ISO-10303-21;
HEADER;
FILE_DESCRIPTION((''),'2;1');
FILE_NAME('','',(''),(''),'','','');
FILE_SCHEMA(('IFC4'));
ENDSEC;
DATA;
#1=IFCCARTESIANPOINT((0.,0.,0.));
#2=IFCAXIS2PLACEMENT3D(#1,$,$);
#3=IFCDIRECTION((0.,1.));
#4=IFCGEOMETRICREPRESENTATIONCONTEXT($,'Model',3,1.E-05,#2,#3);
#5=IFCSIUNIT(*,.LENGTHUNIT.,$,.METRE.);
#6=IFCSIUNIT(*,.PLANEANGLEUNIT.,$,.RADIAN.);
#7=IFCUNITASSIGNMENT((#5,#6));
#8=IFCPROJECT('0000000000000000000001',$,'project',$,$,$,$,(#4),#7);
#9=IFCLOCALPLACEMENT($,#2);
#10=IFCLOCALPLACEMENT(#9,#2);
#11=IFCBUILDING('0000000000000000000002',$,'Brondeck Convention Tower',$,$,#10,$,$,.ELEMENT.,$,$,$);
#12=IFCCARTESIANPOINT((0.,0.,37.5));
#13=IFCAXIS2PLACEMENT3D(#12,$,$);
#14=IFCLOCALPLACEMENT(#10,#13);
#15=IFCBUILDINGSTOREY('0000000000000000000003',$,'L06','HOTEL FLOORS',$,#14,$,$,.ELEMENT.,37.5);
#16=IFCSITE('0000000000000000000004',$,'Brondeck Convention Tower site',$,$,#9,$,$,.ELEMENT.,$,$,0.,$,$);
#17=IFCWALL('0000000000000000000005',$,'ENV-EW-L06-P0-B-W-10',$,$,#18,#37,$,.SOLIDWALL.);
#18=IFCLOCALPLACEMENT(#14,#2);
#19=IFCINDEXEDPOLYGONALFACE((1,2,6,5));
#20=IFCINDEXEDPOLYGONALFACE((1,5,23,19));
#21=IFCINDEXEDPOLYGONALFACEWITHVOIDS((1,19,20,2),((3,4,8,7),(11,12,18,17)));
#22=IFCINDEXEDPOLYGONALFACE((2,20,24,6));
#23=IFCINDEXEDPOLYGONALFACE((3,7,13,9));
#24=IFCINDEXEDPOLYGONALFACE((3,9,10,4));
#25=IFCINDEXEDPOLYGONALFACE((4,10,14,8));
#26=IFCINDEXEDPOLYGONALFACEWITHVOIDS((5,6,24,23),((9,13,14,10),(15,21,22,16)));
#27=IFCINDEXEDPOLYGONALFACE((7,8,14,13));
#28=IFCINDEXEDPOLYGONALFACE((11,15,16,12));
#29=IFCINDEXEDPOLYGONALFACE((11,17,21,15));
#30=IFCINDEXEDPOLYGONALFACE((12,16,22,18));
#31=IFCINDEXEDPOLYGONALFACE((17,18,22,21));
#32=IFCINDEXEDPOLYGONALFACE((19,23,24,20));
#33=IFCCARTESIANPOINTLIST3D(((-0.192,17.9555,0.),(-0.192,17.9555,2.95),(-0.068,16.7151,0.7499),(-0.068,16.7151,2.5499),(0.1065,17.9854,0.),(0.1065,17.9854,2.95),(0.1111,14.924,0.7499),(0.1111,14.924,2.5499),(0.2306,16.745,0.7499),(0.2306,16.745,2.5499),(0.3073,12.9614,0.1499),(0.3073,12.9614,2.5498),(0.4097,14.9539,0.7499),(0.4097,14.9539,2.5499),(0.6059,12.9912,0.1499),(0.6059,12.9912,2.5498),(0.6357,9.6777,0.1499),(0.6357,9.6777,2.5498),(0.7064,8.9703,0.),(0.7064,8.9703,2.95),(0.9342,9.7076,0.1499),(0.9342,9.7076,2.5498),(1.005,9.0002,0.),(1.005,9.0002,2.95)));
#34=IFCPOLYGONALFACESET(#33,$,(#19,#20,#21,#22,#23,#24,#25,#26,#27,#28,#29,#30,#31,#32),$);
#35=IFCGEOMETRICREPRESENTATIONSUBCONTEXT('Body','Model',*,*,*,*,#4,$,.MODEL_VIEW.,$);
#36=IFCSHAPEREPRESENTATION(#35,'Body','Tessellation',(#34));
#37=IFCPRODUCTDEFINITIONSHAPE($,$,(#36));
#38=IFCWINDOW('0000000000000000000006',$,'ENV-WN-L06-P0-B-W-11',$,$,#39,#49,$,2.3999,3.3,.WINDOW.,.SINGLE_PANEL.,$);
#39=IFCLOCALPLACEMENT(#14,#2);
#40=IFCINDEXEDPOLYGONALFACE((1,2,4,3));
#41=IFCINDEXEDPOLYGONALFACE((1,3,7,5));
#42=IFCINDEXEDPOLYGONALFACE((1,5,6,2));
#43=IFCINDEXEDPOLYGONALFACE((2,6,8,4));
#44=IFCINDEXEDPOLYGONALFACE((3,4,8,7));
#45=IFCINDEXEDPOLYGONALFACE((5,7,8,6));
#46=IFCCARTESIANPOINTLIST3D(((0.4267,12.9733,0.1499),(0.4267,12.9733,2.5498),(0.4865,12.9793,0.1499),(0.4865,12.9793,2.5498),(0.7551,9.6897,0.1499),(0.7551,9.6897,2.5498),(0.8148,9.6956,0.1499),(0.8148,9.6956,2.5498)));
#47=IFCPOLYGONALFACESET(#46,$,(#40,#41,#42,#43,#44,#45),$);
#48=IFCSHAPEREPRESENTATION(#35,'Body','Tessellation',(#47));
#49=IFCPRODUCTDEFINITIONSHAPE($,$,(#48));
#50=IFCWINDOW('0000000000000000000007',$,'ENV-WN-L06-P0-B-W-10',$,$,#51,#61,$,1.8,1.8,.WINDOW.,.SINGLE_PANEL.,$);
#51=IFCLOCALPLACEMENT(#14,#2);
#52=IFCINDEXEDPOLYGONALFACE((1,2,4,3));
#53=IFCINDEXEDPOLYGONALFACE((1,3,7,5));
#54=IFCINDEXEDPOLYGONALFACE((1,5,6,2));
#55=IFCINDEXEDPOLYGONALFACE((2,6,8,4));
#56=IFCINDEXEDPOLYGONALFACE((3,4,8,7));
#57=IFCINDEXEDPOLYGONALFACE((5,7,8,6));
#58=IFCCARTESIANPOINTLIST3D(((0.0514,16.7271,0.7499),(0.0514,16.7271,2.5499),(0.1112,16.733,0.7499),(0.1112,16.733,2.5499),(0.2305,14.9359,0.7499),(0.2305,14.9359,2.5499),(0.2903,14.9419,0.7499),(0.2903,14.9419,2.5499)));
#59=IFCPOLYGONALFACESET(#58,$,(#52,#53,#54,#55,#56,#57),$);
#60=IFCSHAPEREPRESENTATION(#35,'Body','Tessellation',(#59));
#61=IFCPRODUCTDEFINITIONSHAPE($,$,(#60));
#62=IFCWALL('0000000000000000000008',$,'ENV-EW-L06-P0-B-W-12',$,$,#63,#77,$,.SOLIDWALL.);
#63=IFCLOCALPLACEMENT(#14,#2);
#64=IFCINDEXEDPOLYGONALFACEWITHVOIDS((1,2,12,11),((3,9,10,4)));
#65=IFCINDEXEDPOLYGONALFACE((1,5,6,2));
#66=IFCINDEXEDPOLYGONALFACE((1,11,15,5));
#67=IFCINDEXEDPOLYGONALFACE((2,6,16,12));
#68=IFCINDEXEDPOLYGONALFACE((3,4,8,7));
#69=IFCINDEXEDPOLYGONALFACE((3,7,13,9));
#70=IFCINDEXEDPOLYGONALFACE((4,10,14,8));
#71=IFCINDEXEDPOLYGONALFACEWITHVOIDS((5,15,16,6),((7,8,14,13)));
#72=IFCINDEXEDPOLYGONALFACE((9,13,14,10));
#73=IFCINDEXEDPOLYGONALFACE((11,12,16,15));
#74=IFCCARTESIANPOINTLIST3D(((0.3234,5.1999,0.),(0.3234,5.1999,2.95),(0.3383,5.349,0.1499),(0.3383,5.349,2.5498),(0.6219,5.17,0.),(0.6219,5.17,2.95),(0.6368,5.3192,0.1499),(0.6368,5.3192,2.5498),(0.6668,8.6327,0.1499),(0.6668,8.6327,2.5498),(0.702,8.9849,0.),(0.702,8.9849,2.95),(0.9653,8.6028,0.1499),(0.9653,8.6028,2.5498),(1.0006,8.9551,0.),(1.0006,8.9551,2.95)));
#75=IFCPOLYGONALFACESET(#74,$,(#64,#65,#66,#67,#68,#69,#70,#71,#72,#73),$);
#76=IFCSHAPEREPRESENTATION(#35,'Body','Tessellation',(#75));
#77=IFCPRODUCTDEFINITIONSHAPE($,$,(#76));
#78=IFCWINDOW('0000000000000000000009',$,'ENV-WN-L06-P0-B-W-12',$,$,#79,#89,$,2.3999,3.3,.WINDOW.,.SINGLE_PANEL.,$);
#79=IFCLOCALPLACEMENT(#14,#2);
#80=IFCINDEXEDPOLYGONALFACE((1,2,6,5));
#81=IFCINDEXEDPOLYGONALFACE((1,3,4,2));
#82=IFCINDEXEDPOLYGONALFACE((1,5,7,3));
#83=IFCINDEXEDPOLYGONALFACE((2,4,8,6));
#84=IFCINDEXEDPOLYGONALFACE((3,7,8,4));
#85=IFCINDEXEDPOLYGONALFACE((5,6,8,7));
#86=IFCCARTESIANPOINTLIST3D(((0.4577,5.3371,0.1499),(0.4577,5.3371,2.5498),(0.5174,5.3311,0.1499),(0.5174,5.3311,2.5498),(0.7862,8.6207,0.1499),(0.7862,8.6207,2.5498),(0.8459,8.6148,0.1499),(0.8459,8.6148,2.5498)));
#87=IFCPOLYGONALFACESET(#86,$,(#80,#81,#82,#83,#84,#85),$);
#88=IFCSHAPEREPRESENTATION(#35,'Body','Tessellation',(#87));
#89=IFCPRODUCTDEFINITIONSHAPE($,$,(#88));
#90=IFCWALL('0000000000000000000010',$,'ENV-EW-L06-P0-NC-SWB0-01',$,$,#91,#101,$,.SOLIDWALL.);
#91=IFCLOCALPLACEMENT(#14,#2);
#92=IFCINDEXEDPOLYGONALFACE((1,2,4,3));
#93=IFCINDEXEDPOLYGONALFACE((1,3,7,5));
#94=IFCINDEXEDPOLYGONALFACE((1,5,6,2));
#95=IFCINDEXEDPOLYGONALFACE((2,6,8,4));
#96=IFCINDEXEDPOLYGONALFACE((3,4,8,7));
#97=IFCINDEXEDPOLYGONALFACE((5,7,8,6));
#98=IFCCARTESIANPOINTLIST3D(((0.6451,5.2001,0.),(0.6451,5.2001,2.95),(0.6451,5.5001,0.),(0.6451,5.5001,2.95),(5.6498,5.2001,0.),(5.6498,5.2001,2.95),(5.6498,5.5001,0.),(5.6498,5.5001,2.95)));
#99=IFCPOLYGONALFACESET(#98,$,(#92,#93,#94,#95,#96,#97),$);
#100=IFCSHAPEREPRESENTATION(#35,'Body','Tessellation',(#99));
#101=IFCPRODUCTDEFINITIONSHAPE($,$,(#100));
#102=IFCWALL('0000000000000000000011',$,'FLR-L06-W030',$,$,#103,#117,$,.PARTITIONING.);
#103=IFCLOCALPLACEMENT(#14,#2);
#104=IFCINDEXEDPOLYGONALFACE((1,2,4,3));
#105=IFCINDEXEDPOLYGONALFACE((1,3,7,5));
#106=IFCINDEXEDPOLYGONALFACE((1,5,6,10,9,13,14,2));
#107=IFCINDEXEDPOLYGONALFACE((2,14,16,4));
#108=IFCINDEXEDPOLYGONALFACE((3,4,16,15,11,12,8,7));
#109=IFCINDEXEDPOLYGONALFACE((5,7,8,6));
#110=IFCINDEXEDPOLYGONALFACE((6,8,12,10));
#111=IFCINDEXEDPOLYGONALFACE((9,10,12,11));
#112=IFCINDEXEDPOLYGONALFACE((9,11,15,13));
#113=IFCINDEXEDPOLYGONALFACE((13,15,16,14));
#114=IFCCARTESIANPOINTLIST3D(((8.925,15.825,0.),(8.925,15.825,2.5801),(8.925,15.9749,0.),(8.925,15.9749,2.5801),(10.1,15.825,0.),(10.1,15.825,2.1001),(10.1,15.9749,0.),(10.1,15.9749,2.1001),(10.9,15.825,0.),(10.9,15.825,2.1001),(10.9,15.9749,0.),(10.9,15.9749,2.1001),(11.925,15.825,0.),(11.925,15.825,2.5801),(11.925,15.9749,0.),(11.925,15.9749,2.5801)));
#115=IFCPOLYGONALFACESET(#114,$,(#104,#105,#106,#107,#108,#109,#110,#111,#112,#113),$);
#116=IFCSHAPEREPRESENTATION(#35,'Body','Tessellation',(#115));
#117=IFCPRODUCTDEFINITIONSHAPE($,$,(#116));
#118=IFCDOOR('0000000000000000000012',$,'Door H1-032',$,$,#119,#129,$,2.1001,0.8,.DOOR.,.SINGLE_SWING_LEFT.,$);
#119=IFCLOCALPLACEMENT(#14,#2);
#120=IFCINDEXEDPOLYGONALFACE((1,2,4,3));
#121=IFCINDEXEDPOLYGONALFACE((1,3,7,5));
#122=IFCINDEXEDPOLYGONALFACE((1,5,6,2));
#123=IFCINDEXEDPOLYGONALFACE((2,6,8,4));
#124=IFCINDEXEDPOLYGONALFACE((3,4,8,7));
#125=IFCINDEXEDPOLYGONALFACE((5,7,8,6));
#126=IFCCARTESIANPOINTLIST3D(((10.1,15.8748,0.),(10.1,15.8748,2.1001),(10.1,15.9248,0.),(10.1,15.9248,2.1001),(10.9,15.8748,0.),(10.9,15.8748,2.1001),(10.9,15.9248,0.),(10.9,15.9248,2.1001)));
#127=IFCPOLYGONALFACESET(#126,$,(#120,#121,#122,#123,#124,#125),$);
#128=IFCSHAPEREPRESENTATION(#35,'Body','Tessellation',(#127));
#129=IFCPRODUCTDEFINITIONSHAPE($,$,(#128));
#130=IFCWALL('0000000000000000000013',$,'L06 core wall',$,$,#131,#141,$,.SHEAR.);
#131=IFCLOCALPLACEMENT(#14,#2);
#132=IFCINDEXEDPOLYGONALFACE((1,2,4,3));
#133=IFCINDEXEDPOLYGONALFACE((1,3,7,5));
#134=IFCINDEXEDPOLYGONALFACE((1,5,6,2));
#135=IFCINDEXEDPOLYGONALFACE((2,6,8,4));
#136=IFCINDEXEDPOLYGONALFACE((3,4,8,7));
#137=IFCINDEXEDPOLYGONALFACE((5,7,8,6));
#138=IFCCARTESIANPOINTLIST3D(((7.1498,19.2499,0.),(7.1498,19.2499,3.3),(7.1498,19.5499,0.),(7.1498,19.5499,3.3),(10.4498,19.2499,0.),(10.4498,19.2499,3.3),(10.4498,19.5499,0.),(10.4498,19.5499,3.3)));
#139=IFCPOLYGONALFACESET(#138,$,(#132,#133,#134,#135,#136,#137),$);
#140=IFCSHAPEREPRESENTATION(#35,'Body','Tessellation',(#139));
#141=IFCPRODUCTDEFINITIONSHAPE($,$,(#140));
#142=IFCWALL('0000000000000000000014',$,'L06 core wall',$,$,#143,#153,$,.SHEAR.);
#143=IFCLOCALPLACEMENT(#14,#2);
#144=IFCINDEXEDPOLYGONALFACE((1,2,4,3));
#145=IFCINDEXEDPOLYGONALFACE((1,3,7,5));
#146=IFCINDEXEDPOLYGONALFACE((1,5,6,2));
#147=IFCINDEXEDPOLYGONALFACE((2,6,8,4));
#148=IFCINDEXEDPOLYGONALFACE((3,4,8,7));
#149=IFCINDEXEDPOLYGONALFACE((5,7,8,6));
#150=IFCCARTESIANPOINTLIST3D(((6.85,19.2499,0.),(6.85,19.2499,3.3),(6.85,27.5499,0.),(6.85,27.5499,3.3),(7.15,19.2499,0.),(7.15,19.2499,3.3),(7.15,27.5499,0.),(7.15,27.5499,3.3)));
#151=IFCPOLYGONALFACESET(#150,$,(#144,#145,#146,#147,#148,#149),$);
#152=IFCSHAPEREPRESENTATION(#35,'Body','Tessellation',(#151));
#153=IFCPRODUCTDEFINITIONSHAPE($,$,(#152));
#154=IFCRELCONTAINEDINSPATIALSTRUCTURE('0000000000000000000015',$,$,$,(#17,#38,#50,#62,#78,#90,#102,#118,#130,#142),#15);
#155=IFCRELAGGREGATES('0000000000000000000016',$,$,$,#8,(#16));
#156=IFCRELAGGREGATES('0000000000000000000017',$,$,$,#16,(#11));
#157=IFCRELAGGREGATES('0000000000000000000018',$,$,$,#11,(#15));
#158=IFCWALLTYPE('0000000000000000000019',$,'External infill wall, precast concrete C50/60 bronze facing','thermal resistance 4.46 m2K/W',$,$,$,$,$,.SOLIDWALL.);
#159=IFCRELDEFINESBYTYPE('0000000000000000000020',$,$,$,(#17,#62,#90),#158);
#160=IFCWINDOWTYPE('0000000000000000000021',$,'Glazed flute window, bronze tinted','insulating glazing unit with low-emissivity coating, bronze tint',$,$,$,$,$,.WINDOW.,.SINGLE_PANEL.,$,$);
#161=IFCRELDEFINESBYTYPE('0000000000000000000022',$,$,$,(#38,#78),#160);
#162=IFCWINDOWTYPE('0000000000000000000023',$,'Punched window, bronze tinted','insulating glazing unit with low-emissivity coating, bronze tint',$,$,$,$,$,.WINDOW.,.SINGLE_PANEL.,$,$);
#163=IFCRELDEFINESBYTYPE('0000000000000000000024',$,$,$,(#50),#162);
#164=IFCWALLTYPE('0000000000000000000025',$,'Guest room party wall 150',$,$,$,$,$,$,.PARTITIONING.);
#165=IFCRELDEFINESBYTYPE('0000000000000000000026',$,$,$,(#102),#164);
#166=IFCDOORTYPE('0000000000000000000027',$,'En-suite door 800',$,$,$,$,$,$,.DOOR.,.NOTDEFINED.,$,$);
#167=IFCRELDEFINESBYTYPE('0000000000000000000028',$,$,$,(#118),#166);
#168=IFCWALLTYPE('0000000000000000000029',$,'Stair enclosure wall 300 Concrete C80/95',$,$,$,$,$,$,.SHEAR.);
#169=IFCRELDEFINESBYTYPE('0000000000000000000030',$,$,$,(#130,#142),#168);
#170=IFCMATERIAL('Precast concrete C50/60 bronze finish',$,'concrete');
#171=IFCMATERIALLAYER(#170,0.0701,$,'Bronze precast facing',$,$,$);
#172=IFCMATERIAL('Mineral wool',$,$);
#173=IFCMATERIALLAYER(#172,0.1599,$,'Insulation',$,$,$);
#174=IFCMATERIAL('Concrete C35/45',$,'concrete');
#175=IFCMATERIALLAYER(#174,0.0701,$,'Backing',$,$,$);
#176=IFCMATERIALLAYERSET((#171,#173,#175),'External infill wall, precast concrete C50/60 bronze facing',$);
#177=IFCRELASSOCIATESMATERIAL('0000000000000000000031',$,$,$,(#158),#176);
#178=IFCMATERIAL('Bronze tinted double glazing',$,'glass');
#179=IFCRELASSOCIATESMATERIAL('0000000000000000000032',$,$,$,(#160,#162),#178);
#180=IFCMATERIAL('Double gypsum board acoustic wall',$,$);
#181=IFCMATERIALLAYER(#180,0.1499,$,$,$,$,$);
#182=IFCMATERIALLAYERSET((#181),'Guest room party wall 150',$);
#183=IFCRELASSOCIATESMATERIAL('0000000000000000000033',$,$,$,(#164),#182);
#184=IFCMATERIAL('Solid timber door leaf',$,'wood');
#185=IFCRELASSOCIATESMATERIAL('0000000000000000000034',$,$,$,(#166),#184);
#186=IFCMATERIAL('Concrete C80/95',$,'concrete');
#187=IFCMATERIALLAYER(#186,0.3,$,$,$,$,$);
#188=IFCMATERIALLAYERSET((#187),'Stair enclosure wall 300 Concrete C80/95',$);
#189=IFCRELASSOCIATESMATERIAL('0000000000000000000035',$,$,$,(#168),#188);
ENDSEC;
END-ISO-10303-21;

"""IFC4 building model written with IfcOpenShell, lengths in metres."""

from ifc_helpers import new_model, si_unit, direction, frame, frame_2d, origin, place, context, subcontext, project, spatial, rectangle, extrude, material, layer, layer_set, type_object, element, fill, save


model = new_model("IFC4")

# Units and contexts
model_context = context("Model", 3, precision=1e-05, world=origin(), true_north=direction((0.0, 1.0)))
body_context = subcontext(model_context, "Body", "Model", "MODEL_VIEW")
ifc_project = project(units=[si_unit("LENGTHUNIT", "METRE"), si_unit("PLANEANGLEUNIT", "RADIAN")], contexts=[model_context])

# Site, building, storey
site_placement = place(None, origin())
site = spatial("IfcSite", under=ifc_project, at=site_placement, Name="Brondeck Convention Tower site", CompositionType="ELEMENT", RefElevation=0.0)
building_placement = place(site_placement, origin())
building = spatial("IfcBuilding", under=site, at=building_placement, Name="Brondeck Convention Tower", CompositionType="ELEMENT")
storey_placement = place(building_placement, frame((0.0, 0.0, 37.5)))
storey = spatial("IfcBuildingStorey", under=building, at=storey_placement, Name="L06", Description="HOTEL FLOORS", CompositionType="ELEMENT", Elevation=37.5)

# Shared definitions
ifc_material_1 = material(Name="Concrete C80/95", Category="concrete")

# Wall, openings, windows
ifc_material_2 = material(Name="Precast concrete C50/60 bronze finish", Category="concrete")
ifc_layer_1 = layer(ifc_material_2, 0.0701, Name="Bronze precast facing")
ifc_material_3 = material(Name="Mineral wool")
ifc_layer_2 = layer(ifc_material_3, 0.1599, Name="Insulation")
ifc_material_4 = material(Name="Concrete C35/45", Category="concrete")
ifc_layer_3 = layer(ifc_material_4, 0.0701, Name="Backing")
ifc_layer_set_1 = layer_set([ifc_layer_1, ifc_layer_2, ifc_layer_3], Name="External infill wall, precast concrete C50/60 bronze facing")
wall_type_1 = type_object("IfcWallType", Name="External infill wall, precast concrete C50/60 bronze facing", Description="thermal resistance 4.46 m2K/W", PredefinedType="SOLIDWALL", material=ifc_layer_set_1)
ifc_material_5 = material(Name="Bronze tinted double glazing", Category="glass")
window_type_1 = type_object("IfcWindowType", Name="Glazed flute window, bronze tinted", Description="insulating glazing unit with low-emissivity coating, bronze tint", PartitioningType="SINGLE_PANEL", PredefinedType="WINDOW", material=ifc_material_5)
window_type_2 = type_object("IfcWindowType", Name="Punched window, bronze tinted", Description="insulating glazing unit with low-emissivity coating, bronze tint", PartitioningType="SINGLE_PANEL", PredefinedType="WINDOW", material=ifc_material_5)
wall_1_placement = place(storey_placement, frame((0.8557, 8.9851, 0.0), z_axis=(0.0, 0.0, 1.0), x_axis=(-0.099496, 0.995038, 0.0)))
wall_1 = element("IfcWall", 1, at=wall_1_placement, inside=storey, type_object=wall_type_1, Name="ENV-EW-L06-P0-B-W-10", PredefinedType="SOLIDWALL", context=body_context, shape_type="SweptSolid", body=[
    extrude(rectangle(XDim=9.03, YDim=0.3, at=frame_2d((4.5151, 0.0))), origin(), (0.0, 0.0, 1.0), 2.95),
])
opening_1_placement = place(wall_1_placement, frame((0.7112, 0.0, 0.1499)))
opening_1 = element("IfcOpeningElement", 2, at=opening_1_placement, cuts=wall_1, PredefinedType="OPENING", context=body_context, shape_type="SweptSolid", body=[
    extrude(rectangle(XDim=3.3, YDim=2.3999, at=frame_2d((1.6499, 1.2))), frame((0.0, 0.1599, 0.0), z_axis=(0.0, -1.0, 0.0), x_axis=(1.0, 0.0, 0.0)), (0.0, 0.0, 1.0), 0.3201),
])
opening_2_placement = place(wall_1_placement, frame((5.9836, 0.0, 0.75)))
opening_2 = element("IfcOpeningElement", 3, at=opening_2_placement, cuts=wall_1, PredefinedType="OPENING", context=body_context, shape_type="SweptSolid", body=[
    extrude(rectangle(XDim=1.8, YDim=1.8, at=frame_2d((0.8999, 0.8999))), frame((0.0, 0.1599, 0.0), z_axis=(0.0, -1.0, 0.0), x_axis=(1.0, 0.0, 0.0)), (0.0, 0.0, 1.0), 0.3201),
])
window_1_placement = place(opening_1_placement, origin())
window_1 = element("IfcWindow", 4, at=window_1_placement, inside=storey, type_object=window_type_1, Name="ENV-WN-L06-P0-B-W-11", OverallHeight=2.3999, OverallWidth=3.3, PartitioningType="SINGLE_PANEL", PredefinedType="WINDOW", context=body_context, shape_type="SweptSolid", body=[
    extrude(rectangle(XDim=3.3, YDim=2.3999, at=frame_2d((1.6499, 1.2))), frame((0.0, 0.03, 0.0), z_axis=(0.0, -1.0, 0.0), x_axis=(1.0, 0.0, 0.0)), (0.0, 0.0, 1.0), 0.0601),
])
fill(opening_1, window_1)
window_2_placement = place(opening_2_placement, origin())
window_2 = element("IfcWindow", 5, at=window_2_placement, inside=storey, type_object=window_type_2, Name="ENV-WN-L06-P0-B-W-10", OverallHeight=1.8, OverallWidth=1.8, PartitioningType="SINGLE_PANEL", PredefinedType="WINDOW", context=body_context, shape_type="SweptSolid", body=[
    extrude(rectangle(XDim=1.8, YDim=1.8, at=frame_2d((0.8999, 0.8999))), frame((0.0, 0.03, 0.0), z_axis=(0.0, -1.0, 0.0), x_axis=(1.0, 0.0, 0.0)), (0.0, 0.0, 1.0), 0.0601),
])
fill(opening_2, window_2)

# Wall, opening, window
wall_2_placement = place(storey_placement, frame((0.4727, 5.1851, 0.0), z_axis=(0.0, 0.0, 1.0), x_axis=(0.099542, 0.995033, 0.0)))
wall_2 = element("IfcWall", 6, at=wall_2_placement, inside=storey, type_object=wall_type_1, Name="ENV-EW-L06-P0-B-W-12", PredefinedType="SOLIDWALL", context=body_context, shape_type="SweptSolid", body=[
    extrude(rectangle(XDim=3.804, YDim=0.3, at=frame_2d((1.9019, 0.0))), origin(), (0.0, 0.0, 1.0), 2.95),
])
opening_3_placement = place(wall_2_placement, frame((0.1499, 0.0, 0.1499)))
opening_3 = element("IfcOpeningElement", 7, at=opening_3_placement, cuts=wall_2, PredefinedType="OPENING", context=body_context, shape_type="SweptSolid", body=[
    extrude(rectangle(XDim=3.3, YDim=2.3999, at=frame_2d((1.6499, 1.2))), frame((0.0, 0.1599, 0.0), z_axis=(0.0, -1.0, 0.0), x_axis=(1.0, 0.0, 0.0)), (0.0, 0.0, 1.0), 0.3201),
])
window_3_placement = place(opening_3_placement, origin())
window_3 = element("IfcWindow", 8, at=window_3_placement, inside=storey, type_object=window_type_1, Name="ENV-WN-L06-P0-B-W-12", OverallHeight=2.3999, OverallWidth=3.3, PartitioningType="SINGLE_PANEL", PredefinedType="WINDOW", context=body_context, shape_type="SweptSolid", body=[
    extrude(rectangle(XDim=3.3, YDim=2.3999, at=frame_2d((1.6499, 1.2))), frame((0.0, 0.03, 0.0), z_axis=(0.0, -1.0, 0.0), x_axis=(1.0, 0.0, 0.0)), (0.0, 0.0, 1.0), 0.0601),
])
fill(opening_3, window_3)

# Wall
wall_3_placement = place(storey_placement, frame((5.6499, 5.3501, 0.0), z_axis=(0.0, 0.0, 1.0), x_axis=(-1.0, 0.0, 0.0)))
element("IfcWall", 9, at=wall_3_placement, inside=storey, type_object=wall_type_1, Name="ENV-EW-L06-P0-NC-SWB0-01", PredefinedType="SOLIDWALL", context=body_context, shape_type="SweptSolid", body=[
    extrude(rectangle(XDim=5.0046, YDim=0.3, at=frame_2d((2.5024, 0.0))), origin(), (0.0, 0.0, 1.0), 2.95),
])

# Wall, opening, door
ifc_material_6 = material(Name="Double gypsum board acoustic wall")
ifc_layer_4 = layer(ifc_material_6, 0.1499)
ifc_layer_set_2 = layer_set([ifc_layer_4], Name="Guest room party wall 150")
wall_type_2 = type_object("IfcWallType", Name="Guest room party wall 150", PredefinedType="PARTITIONING", material=ifc_layer_set_2)
wall_4_placement = place(storey_placement, frame((8.925, 15.8999, 0.0), z_axis=(0.0, 0.0, 1.0), x_axis=(1.0, 0.0, 0.0)))
wall_4 = element("IfcWall", 10, at=wall_4_placement, inside=storey, type_object=wall_type_2, Name="FLR-L06-W030", PredefinedType="PARTITIONING", context=body_context, shape_type="SweptSolid", body=[
    extrude(rectangle(XDim=3.0, YDim=0.1499, at=frame_2d((1.5, 0.0))), origin(), (0.0, 0.0, 1.0), 2.5801),
])
opening_4_placement = place(wall_4_placement, frame((1.175, 0.0, 0.0)))
opening_4 = element("IfcOpeningElement", 11, at=opening_4_placement, cuts=wall_4, PredefinedType="OPENING", context=body_context, shape_type="SweptSolid", body=[
    extrude(rectangle(XDim=0.8, YDim=2.1001, at=frame_2d((0.3999, 1.05))), frame((0.0, 0.085, 0.0), z_axis=(0.0, -1.0, 0.0), x_axis=(1.0, 0.0, 0.0)), (0.0, 0.0, 1.0), 0.1699),
])
ifc_material_7 = material(Name="Solid timber door leaf", Category="wood")
door_type = type_object("IfcDoorType", Name="En-suite door 800", OperationType="NOTDEFINED", PredefinedType="DOOR", material=ifc_material_7)
door_placement = place(opening_4_placement, origin())
door = element("IfcDoor", 12, at=door_placement, inside=storey, type_object=door_type, Name="Door H1-032", OperationType="SINGLE_SWING_LEFT", OverallHeight=2.1001, OverallWidth=0.8, PredefinedType="DOOR", context=body_context, shape_type="SweptSolid", body=[
    extrude(rectangle(XDim=0.8, YDim=2.1001, at=frame_2d((0.3999, 1.05))), frame((0.0, 0.0249, 0.0), z_axis=(0.0, -1.0, 0.0), x_axis=(1.0, 0.0, 0.0)), (0.0, 0.0, 1.0), 0.05),
])
fill(opening_4, door)

# Walls
ifc_layer_5 = layer(ifc_material_1, 0.3)
ifc_layer_set_3 = layer_set([ifc_layer_5], Name="Stair enclosure wall 300 Concrete C80/95")
wall_type_3 = type_object("IfcWallType", Name="Stair enclosure wall 300 Concrete C80/95", PredefinedType="SHEAR", material=ifc_layer_set_3)
wall_5_placement = place(storey_placement, frame((7.1499, 19.3999, 0.0), z_axis=(0.0, 0.0, 1.0), x_axis=(1.0, 0.0, 0.0)))
element("IfcWall", 13, at=wall_5_placement, inside=storey, type_object=wall_type_3, Name="L06 core wall", PredefinedType="SHEAR", context=body_context, shape_type="SweptSolid", body=[
    extrude(rectangle(XDim=3.3, YDim=0.3, at=frame_2d((1.6499, 0.0))), origin(), (0.0, 0.0, 1.0), 3.3),
])
wall_6_placement = place(storey_placement, frame((7.0, 19.25, 0.0), z_axis=(0.0, 0.0, 1.0), x_axis=(0.0, 1.0, 0.0)))
element("IfcWall", 14, at=wall_6_placement, inside=storey, type_object=wall_type_3, Name="L06 core wall", PredefinedType="SHEAR", context=body_context, shape_type="SweptSolid", body=[
    extrude(rectangle(XDim=8.3, YDim=0.3, at=frame_2d((4.1499, 0.0))), origin(), (0.0, 0.0, 1.0), 3.3),
])

save(model, "model.ifc")
